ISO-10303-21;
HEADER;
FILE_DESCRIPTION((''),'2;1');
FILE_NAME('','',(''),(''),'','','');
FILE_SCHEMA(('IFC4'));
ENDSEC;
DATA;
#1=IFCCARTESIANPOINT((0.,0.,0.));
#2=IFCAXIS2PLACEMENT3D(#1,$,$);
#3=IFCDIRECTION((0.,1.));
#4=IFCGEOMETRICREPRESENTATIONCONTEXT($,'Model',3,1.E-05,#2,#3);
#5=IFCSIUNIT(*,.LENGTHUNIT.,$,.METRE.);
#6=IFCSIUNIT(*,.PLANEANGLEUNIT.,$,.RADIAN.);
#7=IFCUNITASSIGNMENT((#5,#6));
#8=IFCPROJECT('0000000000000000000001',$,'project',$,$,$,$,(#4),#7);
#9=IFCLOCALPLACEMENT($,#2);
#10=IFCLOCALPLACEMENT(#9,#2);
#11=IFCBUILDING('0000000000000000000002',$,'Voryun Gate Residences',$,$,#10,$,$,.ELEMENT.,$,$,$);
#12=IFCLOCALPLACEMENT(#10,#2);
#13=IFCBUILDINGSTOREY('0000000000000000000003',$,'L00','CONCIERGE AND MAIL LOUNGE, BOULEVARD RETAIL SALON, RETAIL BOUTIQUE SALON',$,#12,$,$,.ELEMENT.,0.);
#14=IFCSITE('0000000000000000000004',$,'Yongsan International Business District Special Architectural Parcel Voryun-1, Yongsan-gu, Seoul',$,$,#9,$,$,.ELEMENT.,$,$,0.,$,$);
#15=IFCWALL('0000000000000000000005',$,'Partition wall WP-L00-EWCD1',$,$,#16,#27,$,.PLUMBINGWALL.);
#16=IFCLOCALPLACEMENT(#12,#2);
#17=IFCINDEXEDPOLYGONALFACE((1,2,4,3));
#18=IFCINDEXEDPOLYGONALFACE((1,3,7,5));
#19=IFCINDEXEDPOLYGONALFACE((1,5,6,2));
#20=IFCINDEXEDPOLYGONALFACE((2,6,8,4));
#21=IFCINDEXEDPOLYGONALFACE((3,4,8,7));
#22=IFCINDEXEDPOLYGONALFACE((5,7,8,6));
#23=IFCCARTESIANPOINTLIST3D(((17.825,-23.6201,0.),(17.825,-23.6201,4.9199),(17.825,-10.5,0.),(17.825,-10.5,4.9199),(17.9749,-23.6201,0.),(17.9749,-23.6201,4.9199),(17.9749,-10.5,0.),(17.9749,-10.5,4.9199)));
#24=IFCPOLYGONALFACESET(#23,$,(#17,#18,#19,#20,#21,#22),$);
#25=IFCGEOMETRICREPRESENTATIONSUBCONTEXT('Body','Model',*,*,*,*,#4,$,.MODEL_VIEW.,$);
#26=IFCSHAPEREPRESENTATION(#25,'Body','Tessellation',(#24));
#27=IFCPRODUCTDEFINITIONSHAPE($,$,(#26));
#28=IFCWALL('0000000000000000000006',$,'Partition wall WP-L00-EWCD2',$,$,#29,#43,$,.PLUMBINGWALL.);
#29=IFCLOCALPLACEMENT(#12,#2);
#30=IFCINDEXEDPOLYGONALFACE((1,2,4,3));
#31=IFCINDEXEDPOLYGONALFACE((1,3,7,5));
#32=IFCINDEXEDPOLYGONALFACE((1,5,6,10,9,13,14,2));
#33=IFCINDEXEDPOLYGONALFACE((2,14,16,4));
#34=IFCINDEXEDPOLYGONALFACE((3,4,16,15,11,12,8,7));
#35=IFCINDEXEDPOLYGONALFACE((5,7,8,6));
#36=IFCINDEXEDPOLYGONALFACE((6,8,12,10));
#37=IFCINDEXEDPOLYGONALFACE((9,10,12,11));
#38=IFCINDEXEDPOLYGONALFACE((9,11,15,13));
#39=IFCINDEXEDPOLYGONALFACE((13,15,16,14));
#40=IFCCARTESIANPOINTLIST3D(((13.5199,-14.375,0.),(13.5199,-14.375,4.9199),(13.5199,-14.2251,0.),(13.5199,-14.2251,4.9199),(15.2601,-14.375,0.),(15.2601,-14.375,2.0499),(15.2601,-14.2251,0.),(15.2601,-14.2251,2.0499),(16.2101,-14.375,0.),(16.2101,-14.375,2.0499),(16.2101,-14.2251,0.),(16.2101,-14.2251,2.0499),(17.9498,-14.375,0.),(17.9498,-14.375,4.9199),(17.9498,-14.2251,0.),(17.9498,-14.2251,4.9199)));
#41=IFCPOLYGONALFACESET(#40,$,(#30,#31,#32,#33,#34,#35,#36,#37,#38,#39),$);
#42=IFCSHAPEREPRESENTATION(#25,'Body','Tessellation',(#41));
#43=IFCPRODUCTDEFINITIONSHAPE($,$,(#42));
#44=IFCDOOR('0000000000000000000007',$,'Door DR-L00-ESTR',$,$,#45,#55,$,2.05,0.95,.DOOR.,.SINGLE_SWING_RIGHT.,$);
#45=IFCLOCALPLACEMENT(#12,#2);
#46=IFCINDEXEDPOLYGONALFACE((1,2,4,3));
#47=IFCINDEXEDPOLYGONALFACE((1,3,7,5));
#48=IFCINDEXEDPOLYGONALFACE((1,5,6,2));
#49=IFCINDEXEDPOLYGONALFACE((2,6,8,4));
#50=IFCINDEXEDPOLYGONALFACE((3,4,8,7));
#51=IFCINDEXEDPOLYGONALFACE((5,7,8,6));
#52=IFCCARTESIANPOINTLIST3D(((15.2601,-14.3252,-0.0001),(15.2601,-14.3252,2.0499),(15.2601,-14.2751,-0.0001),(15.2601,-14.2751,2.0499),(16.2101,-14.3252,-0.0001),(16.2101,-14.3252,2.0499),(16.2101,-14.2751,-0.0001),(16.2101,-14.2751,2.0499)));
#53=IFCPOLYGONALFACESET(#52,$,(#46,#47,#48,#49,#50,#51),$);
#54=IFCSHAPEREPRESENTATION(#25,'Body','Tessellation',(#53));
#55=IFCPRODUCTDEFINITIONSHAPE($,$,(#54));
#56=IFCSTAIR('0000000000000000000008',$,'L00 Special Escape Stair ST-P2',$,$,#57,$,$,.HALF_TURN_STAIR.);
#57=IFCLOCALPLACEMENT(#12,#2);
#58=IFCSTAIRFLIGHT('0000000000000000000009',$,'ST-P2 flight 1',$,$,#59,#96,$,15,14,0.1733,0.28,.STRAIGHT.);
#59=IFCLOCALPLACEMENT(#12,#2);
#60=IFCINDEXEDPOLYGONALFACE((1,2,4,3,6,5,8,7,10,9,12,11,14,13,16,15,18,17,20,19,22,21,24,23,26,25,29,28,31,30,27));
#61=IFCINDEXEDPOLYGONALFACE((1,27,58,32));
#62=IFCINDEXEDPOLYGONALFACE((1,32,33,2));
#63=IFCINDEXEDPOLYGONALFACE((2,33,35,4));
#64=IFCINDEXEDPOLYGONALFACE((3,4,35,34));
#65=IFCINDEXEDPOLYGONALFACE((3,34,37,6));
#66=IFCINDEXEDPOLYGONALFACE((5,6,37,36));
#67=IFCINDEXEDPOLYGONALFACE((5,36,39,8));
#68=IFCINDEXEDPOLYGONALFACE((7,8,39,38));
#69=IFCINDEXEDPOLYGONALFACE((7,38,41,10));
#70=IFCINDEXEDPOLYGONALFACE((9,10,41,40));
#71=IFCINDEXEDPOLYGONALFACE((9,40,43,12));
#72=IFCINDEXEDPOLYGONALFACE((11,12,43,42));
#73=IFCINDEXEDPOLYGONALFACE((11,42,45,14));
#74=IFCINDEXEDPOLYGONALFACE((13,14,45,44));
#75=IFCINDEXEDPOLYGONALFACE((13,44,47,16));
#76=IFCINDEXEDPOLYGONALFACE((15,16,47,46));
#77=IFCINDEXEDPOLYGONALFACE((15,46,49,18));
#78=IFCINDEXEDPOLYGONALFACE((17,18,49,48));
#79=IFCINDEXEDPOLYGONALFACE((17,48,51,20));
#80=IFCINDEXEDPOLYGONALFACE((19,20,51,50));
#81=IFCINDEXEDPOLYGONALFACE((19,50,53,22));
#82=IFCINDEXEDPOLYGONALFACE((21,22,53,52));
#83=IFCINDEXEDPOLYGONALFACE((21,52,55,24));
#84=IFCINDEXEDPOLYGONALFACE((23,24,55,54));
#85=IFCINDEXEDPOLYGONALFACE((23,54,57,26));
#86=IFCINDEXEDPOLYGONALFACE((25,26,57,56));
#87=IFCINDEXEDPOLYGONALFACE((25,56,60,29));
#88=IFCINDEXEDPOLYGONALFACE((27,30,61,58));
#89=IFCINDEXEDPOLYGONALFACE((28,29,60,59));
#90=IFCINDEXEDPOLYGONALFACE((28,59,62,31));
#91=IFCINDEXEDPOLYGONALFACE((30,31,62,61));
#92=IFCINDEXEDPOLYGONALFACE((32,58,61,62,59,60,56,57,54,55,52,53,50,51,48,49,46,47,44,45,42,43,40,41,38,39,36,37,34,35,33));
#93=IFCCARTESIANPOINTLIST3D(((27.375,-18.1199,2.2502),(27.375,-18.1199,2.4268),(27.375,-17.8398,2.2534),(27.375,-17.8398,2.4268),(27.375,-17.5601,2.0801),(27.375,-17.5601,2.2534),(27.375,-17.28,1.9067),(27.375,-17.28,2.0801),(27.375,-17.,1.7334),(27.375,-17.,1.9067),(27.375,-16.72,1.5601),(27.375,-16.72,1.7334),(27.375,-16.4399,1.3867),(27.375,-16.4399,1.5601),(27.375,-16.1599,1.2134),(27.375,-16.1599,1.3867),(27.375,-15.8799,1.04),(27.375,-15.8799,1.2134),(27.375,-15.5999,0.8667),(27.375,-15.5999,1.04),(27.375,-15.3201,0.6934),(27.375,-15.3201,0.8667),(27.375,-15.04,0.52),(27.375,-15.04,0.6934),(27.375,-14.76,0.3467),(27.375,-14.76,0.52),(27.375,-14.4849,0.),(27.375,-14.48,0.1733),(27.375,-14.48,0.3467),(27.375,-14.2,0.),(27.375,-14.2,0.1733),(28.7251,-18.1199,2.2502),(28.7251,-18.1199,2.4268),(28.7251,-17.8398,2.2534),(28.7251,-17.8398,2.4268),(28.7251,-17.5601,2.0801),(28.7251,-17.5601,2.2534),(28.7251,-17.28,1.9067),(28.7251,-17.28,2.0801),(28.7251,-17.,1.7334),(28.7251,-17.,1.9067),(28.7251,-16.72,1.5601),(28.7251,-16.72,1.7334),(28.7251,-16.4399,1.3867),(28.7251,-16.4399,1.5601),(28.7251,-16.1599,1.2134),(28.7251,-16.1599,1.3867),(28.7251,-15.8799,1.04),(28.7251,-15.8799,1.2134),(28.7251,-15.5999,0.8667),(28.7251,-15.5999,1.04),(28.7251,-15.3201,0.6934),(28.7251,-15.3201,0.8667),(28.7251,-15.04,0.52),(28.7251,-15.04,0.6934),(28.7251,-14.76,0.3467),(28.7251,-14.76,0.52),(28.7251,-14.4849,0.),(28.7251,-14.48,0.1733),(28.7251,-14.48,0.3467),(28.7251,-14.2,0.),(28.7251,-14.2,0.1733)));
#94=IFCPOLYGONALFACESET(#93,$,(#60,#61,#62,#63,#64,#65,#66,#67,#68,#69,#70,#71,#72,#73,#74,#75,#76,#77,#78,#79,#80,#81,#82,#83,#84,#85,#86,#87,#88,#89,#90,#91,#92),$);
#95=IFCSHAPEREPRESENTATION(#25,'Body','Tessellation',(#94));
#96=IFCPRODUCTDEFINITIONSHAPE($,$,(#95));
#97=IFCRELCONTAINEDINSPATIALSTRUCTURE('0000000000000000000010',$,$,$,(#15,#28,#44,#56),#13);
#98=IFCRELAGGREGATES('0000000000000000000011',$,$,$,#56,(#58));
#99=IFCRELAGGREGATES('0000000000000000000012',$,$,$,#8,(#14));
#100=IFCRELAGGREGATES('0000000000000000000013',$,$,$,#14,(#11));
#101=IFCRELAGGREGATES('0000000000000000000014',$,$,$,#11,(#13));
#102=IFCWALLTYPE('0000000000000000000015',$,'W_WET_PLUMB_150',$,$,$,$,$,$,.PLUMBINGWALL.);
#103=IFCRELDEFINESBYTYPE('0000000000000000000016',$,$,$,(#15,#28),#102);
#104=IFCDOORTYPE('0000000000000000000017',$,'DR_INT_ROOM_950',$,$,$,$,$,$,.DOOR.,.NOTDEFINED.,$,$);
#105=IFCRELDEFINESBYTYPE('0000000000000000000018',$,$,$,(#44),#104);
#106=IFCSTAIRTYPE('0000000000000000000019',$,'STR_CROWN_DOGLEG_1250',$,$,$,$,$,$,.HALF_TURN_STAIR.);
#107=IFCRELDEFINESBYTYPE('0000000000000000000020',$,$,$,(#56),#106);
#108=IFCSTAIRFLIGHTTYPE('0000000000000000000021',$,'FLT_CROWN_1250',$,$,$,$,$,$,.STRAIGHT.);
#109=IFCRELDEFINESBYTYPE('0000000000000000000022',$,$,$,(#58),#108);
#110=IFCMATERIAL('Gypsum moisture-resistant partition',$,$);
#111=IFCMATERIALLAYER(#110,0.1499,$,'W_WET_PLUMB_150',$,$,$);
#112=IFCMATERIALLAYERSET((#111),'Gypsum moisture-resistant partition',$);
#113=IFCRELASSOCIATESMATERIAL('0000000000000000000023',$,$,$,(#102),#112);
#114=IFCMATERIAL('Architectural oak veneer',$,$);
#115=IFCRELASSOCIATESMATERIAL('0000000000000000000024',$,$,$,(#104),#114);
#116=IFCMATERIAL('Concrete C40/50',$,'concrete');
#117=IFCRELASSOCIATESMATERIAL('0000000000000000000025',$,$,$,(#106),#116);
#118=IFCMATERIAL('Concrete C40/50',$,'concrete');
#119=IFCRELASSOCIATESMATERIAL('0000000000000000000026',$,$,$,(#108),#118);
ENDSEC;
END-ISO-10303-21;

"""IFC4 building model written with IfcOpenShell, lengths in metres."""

from ifc_helpers import new_model, si_unit, direction, frame, frame_2d, origin, place, context, subcontext, project, spatial, polyline, rectangle, outline, extrude, material, layer, layer_set, type_object, element, fill, aggregate, save


model = new_model("IFC4")

# Units and contexts
model_context = context("Model", 3, precision=1e-05, world=origin(), true_north=direction((0.0, 1.0)))
body_context = subcontext(model_context, "Body", "Model", "MODEL_VIEW")
ifc_project = project(units=[si_unit("LENGTHUNIT", "METRE"), si_unit("PLANEANGLEUNIT", "RADIAN")], contexts=[model_context])

# Site, building, storey
site_placement = place(None, origin())
site = spatial("IfcSite", under=ifc_project, at=site_placement, Name="Yongsan International Business District Special Architectural Parcel Voryun-1, Yongsan-gu, Seoul", CompositionType="ELEMENT", RefElevation=0.0)
building_placement = place(site_placement, origin())
building = spatial("IfcBuilding", under=site, at=building_placement, Name="Voryun Gate Residences", CompositionType="ELEMENT")
storey_placement = place(building_placement, origin())
storey = spatial("IfcBuildingStorey", under=building, at=storey_placement, Name="L00", Description="CONCIERGE AND MAIL LOUNGE, BOULEVARD RETAIL SALON, RETAIL BOUTIQUE SALON", CompositionType="ELEMENT", Elevation=0.0)

# Wall
ifc_material_1 = material(Name="Gypsum moisture-resistant partition")
ifc_layer_1 = layer(ifc_material_1, 0.1499, Name="W_WET_PLUMB_150")
ifc_layer_set_1 = layer_set([ifc_layer_1], Name="Gypsum moisture-resistant partition")
wall_type_1 = type_object("IfcWallType", Name="W_WET_PLUMB_150", PredefinedType="PLUMBINGWALL", material=ifc_layer_set_1)
wall_1_placement = place(storey_placement, frame((17.8999, -23.6201, 0.0), z_axis=(0.0, 0.0, 1.0), x_axis=(0.0, 1.0, 0.0)))
element("IfcWall", 1, at=wall_1_placement, inside=storey, type_object=wall_type_1, Name="Partition wall WP-L00-EWCD1", PredefinedType="PLUMBINGWALL", context=body_context, shape_type="SweptSolid", body=[
    extrude(rectangle(XDim=13.1201, YDim=0.1499, at=frame_2d((6.5601, 0.0))), origin(), (0.0, 0.0, 1.0), 4.9199),
])

# Wall, opening, door
wall_2_placement = place(storey_placement, frame((13.52, -14.3, 0.0), z_axis=(0.0, 0.0, 1.0), x_axis=(1.0, 0.0, 0.0)))
wall_2 = element("IfcWall", 2, at=wall_2_placement, inside=storey, type_object=wall_type_1, Name="Partition wall WP-L00-EWCD2", PredefinedType="PLUMBINGWALL", context=body_context, shape_type="SweptSolid", body=[
    extrude(rectangle(XDim=4.4299, YDim=0.1499, at=frame_2d((2.2148, 0.0))), origin(), (0.0, 0.0, 1.0), 4.9199),
])
opening_1_placement = place(wall_2_placement, frame((1.74, 0.0, 0.0)))
opening_1 = element("IfcOpeningElement", 3, at=opening_1_placement, cuts=wall_2, PredefinedType="OPENING", context=body_context, shape_type="SweptSolid", body=[
    extrude(rectangle(XDim=0.95, YDim=2.05, at=frame_2d((0.4751, 1.0249))), frame((0.0, 0.085, 0.0), z_axis=(0.0, -1.0, 0.0), x_axis=(1.0, 0.0, 0.0)), (0.0, 0.0, 1.0), 0.1699),
])
ifc_material_2 = material(Name="Architectural oak veneer")
door_type_1 = type_object("IfcDoorType", Name="DR_INT_ROOM_950", OperationType="NOTDEFINED", PredefinedType="DOOR", material=ifc_material_2)
door_1_placement = place(opening_1_placement, origin())
door_1 = element("IfcDoor", 4, at=door_1_placement, inside=storey, type_object=door_type_1, Name="Door DR-L00-ESTR", OperationType="SINGLE_SWING_RIGHT", OverallHeight=2.05, OverallWidth=0.95, PredefinedType="DOOR", context=body_context, shape_type="SweptSolid", body=[
    extrude(rectangle(XDim=0.95, YDim=2.05, at=frame_2d((0.4751, 1.0249))), frame((0.0, 0.0249, 0.0), z_axis=(0.0, -1.0, 0.0), x_axis=(1.0, 0.0, 0.0)), (0.0, 0.0, 1.0), 0.05),
])
fill(opening_1, door_1)

# Stair, stair flight
ifc_material_3 = material(Name="Concrete C40/50", Category="concrete")
stair_type = type_object("IfcStairType", Name="STR_CROWN_DOGLEG_1250", PredefinedType="HALF_TURN_STAIR", material=ifc_material_3)
stair_placement = place(storey_placement, origin())
stair = element("IfcStair", 5, at=stair_placement, inside=storey, type_object=stair_type, Name="L00 Special Escape Stair ST-P2", PredefinedType="HALF_TURN_STAIR")
ifc_material_4 = material(Name="Concrete C40/50", Category="concrete")
stair_flight_type = type_object("IfcStairFlightType", Name="FLT_CROWN_1250", PredefinedType="STRAIGHT", material=ifc_material_4)
stair_flight_placement = place(storey_placement, frame((28.05, -14.2, 0.0), z_axis=(0.0, 0.0, 1.0), x_axis=(0.0, -1.0, 0.0)))
stair_flight = element("IfcStairFlight", 6, at=stair_flight_placement, type_object=stair_flight_type, Name="ST-P2 flight 1", NumberOfRisers=15, NumberOfTreads=14, PredefinedType="STRAIGHT", RiserHeight=0.1733, TreadLength=0.28, context=body_context, shape_type="SweptSolid", body=[
    extrude(outline(polyline([(0.0, 0.0), (0.0, 0.1733), (0.28, 0.1733), (0.28, 0.3467), (0.5601, 0.3467), (0.5601, 0.52), (0.8401, 0.52), (0.8401, 0.6934), (1.1201, 0.6934), (1.1201, 0.8667), (1.3999, 0.8667), (1.3999, 1.04), (1.6799, 1.04), (1.6799, 1.2134), (1.96, 1.2134), (1.96, 1.3867), (2.24, 1.3867), (2.24, 1.5601), (2.52, 1.5601), (2.52, 1.7334), (2.8, 1.7334), (2.8, 1.9067), (3.0801, 1.9067), (3.0801, 2.0801), (3.3601, 2.0801), (3.3601, 2.2534), (3.6399, 2.2534), (3.6399, 2.4268), (3.9199, 2.4268), (3.9199, 2.6001), (3.9199, 2.2502), (0.2849, 0.0), (0.0, 0.0)])), frame((0.0, 0.675, 0.0), z_axis=(0.0, -1.0, 0.0), x_axis=(1.0, 0.0, 0.0)), (0.0, 0.0, 1.0), 1.3501),
])
aggregate(stair, [stair_flight])

save(model, "model.ifc")
